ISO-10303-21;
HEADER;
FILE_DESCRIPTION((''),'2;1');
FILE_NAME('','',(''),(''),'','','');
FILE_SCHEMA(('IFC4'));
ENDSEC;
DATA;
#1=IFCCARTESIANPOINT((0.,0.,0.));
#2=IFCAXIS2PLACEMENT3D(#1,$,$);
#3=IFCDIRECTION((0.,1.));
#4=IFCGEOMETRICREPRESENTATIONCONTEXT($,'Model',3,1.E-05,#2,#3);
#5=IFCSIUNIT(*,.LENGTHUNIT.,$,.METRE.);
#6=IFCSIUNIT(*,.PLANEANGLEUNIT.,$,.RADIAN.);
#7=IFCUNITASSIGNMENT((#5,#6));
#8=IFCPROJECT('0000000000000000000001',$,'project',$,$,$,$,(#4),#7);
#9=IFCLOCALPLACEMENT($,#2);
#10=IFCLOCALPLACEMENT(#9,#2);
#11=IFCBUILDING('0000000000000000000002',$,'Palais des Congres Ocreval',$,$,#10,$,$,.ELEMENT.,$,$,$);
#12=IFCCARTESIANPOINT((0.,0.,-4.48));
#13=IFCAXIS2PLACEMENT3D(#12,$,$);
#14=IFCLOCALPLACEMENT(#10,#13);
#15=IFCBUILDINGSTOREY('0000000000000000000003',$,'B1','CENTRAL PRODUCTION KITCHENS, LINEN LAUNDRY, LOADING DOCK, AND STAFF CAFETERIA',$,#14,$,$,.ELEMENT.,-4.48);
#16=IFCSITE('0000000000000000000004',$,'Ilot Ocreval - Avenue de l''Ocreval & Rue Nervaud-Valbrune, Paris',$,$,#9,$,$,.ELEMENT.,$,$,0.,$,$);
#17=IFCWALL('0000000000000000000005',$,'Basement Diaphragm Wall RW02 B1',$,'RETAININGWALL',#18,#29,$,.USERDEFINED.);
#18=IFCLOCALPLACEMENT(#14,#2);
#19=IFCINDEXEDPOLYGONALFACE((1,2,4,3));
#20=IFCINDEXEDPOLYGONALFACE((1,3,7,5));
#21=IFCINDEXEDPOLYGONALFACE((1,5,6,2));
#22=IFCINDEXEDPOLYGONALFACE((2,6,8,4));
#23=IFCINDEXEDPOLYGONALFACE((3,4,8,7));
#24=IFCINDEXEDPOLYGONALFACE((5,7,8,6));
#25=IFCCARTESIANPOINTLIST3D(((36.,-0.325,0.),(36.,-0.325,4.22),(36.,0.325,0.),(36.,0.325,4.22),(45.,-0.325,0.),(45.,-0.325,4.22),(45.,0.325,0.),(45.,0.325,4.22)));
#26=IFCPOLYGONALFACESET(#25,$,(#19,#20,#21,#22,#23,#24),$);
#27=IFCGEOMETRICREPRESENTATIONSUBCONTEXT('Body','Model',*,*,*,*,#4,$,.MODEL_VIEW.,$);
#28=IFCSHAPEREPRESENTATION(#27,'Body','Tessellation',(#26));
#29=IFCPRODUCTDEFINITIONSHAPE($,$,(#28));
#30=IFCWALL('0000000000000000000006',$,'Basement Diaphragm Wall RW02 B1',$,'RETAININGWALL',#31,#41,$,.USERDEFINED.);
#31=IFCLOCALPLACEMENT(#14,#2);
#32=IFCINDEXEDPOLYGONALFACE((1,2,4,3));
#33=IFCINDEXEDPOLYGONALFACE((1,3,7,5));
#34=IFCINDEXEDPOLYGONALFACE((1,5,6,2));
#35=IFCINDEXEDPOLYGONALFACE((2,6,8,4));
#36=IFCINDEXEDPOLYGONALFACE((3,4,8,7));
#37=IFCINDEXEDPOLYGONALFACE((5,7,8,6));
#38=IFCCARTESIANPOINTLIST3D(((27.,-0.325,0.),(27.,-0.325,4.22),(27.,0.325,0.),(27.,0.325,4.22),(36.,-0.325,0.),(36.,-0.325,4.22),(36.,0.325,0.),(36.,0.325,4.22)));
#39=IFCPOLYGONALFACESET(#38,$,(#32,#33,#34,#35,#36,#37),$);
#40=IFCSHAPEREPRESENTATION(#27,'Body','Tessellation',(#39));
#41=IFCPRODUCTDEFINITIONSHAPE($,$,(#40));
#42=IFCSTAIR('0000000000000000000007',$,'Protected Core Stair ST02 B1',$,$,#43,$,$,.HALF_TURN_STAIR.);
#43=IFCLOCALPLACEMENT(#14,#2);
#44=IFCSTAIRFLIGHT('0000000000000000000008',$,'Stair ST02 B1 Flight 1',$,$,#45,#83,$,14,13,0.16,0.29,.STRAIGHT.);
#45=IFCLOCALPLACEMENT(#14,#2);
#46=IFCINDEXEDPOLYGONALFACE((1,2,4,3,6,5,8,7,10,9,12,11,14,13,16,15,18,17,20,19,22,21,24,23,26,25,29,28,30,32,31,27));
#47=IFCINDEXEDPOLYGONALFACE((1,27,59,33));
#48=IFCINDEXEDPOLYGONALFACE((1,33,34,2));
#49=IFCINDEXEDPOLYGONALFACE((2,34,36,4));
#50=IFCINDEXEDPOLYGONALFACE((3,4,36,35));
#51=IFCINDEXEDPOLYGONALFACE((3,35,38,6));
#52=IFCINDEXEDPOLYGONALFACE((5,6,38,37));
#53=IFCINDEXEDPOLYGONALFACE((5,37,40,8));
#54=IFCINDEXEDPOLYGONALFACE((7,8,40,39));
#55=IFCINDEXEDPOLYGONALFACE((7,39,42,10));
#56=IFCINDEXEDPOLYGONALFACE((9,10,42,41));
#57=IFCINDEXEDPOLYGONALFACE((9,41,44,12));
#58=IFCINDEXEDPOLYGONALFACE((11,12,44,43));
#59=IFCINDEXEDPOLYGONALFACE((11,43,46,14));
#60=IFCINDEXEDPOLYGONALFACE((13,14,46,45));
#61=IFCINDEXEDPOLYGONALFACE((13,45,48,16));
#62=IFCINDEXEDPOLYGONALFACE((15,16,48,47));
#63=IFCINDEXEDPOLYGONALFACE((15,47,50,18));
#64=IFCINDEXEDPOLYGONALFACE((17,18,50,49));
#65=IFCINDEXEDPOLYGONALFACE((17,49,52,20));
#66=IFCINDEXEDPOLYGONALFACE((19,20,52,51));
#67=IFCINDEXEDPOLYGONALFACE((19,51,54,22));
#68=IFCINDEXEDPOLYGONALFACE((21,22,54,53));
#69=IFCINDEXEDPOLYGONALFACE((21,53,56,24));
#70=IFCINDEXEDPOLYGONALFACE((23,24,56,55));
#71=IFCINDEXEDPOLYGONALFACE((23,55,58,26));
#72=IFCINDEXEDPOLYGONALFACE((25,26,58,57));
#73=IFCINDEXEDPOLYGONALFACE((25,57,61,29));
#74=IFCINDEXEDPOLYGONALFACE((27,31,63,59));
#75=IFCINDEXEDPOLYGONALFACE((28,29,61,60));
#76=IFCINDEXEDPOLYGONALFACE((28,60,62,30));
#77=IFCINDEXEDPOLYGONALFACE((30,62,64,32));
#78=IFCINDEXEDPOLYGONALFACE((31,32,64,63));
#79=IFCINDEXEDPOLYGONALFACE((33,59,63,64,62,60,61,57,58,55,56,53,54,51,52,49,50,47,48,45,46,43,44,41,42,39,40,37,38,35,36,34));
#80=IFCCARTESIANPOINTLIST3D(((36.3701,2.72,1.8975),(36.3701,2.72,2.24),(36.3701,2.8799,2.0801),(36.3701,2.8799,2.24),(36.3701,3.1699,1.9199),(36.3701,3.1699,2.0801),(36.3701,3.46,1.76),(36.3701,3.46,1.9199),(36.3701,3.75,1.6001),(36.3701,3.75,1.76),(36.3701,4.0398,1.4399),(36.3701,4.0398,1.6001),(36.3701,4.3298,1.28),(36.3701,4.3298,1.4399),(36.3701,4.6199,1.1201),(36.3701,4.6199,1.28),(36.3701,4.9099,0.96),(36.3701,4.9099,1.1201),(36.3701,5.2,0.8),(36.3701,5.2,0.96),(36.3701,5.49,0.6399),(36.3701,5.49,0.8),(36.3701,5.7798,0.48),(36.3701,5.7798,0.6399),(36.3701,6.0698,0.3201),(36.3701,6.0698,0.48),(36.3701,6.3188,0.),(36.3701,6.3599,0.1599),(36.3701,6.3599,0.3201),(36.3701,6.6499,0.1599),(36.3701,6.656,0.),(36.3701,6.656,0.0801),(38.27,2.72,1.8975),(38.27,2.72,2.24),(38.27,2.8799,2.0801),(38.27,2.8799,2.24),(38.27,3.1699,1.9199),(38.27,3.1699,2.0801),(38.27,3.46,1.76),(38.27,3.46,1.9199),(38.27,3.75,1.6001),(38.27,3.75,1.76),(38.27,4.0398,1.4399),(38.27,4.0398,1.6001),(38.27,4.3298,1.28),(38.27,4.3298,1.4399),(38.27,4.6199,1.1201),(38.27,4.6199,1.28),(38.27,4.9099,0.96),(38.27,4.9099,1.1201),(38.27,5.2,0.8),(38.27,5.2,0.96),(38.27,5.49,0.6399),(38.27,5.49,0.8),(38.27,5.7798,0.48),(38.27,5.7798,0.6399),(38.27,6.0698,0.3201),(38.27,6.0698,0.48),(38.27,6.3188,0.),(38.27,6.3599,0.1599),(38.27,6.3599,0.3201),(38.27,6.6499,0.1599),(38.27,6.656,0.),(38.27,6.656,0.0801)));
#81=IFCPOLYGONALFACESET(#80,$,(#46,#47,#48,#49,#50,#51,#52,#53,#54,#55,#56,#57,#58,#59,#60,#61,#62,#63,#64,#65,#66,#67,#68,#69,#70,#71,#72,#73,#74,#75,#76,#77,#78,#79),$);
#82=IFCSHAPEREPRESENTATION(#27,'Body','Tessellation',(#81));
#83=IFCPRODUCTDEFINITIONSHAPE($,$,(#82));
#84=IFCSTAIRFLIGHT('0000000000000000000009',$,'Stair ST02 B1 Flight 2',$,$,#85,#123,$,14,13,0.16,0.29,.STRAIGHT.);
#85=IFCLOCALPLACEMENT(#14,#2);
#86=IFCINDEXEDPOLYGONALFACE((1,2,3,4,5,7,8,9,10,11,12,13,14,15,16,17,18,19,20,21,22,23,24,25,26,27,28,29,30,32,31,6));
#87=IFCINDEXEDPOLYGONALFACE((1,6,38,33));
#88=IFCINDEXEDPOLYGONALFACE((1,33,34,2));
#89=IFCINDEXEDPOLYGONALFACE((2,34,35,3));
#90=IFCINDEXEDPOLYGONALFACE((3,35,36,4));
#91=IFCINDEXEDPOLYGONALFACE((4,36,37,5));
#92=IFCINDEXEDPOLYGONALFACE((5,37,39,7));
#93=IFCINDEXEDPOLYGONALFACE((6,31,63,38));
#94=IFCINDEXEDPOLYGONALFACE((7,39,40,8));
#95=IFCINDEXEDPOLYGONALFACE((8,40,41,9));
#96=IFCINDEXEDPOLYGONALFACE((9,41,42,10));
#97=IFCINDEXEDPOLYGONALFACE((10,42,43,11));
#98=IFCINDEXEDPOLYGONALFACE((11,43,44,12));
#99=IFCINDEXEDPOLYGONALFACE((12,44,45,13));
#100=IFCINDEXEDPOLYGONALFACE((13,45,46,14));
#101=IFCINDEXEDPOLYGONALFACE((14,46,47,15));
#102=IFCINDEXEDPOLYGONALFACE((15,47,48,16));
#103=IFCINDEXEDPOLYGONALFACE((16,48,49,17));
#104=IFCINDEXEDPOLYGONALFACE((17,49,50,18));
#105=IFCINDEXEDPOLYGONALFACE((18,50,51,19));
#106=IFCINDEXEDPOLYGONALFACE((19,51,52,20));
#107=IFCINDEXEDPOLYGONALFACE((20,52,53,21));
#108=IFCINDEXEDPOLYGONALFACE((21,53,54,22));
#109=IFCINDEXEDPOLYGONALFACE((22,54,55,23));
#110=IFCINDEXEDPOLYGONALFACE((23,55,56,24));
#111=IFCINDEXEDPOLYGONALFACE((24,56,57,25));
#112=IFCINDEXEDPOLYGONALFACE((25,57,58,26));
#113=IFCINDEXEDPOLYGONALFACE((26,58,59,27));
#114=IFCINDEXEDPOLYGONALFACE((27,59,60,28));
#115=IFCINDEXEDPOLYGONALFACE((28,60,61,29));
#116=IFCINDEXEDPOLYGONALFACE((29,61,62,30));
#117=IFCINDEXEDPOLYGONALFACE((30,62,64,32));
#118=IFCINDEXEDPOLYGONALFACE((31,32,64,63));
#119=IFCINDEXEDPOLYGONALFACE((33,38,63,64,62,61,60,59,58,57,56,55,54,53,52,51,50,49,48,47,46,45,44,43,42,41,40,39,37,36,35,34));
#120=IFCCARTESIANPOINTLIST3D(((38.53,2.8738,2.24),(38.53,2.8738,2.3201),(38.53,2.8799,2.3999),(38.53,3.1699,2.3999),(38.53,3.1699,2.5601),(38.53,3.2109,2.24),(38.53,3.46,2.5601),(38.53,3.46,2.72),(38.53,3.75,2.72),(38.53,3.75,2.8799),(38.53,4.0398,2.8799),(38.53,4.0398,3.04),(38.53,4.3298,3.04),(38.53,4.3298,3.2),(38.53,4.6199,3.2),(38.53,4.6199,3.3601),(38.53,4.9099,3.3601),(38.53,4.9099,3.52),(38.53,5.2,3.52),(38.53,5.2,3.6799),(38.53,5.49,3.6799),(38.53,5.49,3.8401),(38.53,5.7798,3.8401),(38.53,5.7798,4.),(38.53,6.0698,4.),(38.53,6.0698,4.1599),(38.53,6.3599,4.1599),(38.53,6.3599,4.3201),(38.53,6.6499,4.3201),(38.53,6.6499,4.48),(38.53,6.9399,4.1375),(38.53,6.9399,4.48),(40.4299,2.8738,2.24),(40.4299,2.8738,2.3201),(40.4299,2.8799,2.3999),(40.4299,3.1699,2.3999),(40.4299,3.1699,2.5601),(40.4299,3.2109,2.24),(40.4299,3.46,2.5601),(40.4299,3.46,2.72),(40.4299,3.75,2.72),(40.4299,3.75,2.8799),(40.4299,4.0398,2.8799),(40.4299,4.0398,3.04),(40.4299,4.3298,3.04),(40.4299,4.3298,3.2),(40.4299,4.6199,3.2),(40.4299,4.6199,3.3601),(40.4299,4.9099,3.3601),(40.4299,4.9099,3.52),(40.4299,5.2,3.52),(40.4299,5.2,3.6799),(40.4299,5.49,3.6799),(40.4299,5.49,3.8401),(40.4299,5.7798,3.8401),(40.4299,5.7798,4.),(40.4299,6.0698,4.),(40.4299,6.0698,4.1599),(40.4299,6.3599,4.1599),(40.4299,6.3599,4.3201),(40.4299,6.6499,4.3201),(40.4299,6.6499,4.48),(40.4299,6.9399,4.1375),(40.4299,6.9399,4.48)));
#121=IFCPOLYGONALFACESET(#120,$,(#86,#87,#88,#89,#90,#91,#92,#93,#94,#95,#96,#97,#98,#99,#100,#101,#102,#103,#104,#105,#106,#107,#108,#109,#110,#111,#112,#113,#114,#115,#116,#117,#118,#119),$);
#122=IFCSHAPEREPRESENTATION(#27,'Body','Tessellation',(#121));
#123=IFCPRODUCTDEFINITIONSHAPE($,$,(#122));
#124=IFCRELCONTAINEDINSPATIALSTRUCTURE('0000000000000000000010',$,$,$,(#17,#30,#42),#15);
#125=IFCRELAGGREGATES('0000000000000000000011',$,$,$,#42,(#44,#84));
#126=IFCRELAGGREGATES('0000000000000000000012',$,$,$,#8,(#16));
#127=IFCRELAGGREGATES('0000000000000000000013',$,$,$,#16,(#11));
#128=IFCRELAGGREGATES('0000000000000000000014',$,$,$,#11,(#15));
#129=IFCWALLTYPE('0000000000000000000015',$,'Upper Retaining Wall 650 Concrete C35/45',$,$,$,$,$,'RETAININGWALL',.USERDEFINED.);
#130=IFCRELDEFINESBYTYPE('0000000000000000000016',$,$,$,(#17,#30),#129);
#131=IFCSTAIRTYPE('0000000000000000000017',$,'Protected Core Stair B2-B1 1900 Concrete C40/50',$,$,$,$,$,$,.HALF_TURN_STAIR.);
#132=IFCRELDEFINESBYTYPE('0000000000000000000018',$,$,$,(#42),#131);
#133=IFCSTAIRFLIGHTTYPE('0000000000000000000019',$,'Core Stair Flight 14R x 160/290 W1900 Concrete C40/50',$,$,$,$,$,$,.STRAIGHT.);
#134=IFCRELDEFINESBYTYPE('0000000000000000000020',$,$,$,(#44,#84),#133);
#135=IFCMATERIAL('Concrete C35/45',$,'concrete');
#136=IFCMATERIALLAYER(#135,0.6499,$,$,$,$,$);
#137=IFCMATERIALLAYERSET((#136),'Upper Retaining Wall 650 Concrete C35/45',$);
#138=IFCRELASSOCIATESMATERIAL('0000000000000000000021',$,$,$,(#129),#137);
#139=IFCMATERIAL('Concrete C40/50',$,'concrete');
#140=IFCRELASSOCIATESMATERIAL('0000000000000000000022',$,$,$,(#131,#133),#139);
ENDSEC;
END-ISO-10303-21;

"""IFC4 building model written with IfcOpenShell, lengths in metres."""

from ifc_helpers import new_model, si_unit, direction, frame, frame_2d, origin, place, context, subcontext, project, spatial, polyline, rectangle, outline, extrude, material, layer, layer_set, type_object, element, aggregate, save


model = new_model("IFC4")

# Units and contexts
model_context = context("Model", 3, precision=1e-05, world=origin(), true_north=direction((0.0, 1.0)))
body_context = subcontext(model_context, "Body", "Model", "MODEL_VIEW")
ifc_project = project(units=[si_unit("LENGTHUNIT", "METRE"), si_unit("PLANEANGLEUNIT", "RADIAN")], contexts=[model_context])

# Site, building, storey
site_placement = place(None, origin())
site = spatial("IfcSite", under=ifc_project, at=site_placement, Name="Ilot Ocreval - Avenue de l'Ocreval & Rue Nervaud-Valbrune, Paris", CompositionType="ELEMENT", RefElevation=0.0)
building_placement = place(site_placement, origin())
building = spatial("IfcBuilding", under=site, at=building_placement, Name="Palais des Congres Ocreval", CompositionType="ELEMENT")
storey_placement = place(building_placement, frame((0.0, 0.0, -4.48)))
storey = spatial("IfcBuildingStorey", under=building, at=storey_placement, Name="B1", Description="CENTRAL PRODUCTION KITCHENS, LINEN LAUNDRY, LOADING DOCK, AND STAFF CAFETERIA", CompositionType="ELEMENT", Elevation=-4.48)

# Shared definitions
ifc_material_1 = material(Name="Concrete C40/50", Category="concrete")

# Shared definitions
ifc_material_2 = material(Name="Concrete C35/45", Category="concrete")

# Walls
ifc_layer_1 = layer(ifc_material_2, 0.6499)
ifc_layer_set_1 = layer_set([ifc_layer_1], Name="Upper Retaining Wall 650 Concrete C35/45")
wall_type_1 = type_object("IfcWallType", Name="Upper Retaining Wall 650 Concrete C35/45", ElementType="RETAININGWALL", PredefinedType="USERDEFINED", material=ifc_layer_set_1)
for number, where, z_axis, x_axis, name in (
    (1, (45.0, 0.0, 0.0), (0.0, 0.0, 1.0), (-1.0, 0.0, 0.0), "Basement Diaphragm Wall RW02 B1"),
    (2, (36.0, 0.0, 0.0), (0.0, 0.0, 1.0), (-1.0, 0.0, 0.0), "Basement Diaphragm Wall RW02 B1"),
):
    element("IfcWall", number, at=place(storey_placement, frame(where, z_axis=z_axis, x_axis=x_axis)), inside=storey, type_object=wall_type_1, Name=name, ObjectType="RETAININGWALL", PredefinedType="USERDEFINED", context=body_context, shape_type="SweptSolid", body=[
        extrude(rectangle(XDim=9.0, YDim=0.6499, at=frame_2d((4.5, 0.0))), origin(), (0.0, 0.0, 1.0), 4.22),
    ])

# Stair, stair flights
stair_type = type_object("IfcStairType", Name="Protected Core Stair B2-B1 1900 Concrete C40/50", PredefinedType="HALF_TURN_STAIR", material=ifc_material_1)
stair_placement = place(storey_placement, origin())
stair = element("IfcStair", 3, at=stair_placement, inside=storey, type_object=stair_type, Name="Protected Core Stair ST02 B1", PredefinedType="HALF_TURN_STAIR")
stair_flight_type = type_object("IfcStairFlightType", Name="Core Stair Flight 14R x 160/290 W1900 Concrete C40/50", PredefinedType="STRAIGHT", material=ifc_material_1)
stair_flight_1_placement = place(storey_placement, frame((37.3201, 6.6499, 0.0), z_axis=(0.0, 0.0, 1.0), x_axis=(0.0, -1.0, 0.0)))
stair_flight_1 = element("IfcStairFlight", 4, at=stair_flight_1_placement, type_object=stair_flight_type, Name="Stair ST02 B1 Flight 1", NumberOfRisers=14, NumberOfTreads=13, PredefinedType="STRAIGHT", RiserHeight=0.16, TreadLength=0.29, context=body_context, shape_type="SweptSolid", body=[
    extrude(outline(polyline([(-0.0061, 0.0), (-0.0061, 0.0801), (0.0, 0.1599), (0.29, 0.1599), (0.29, 0.3201), (0.5801, 0.3201), (0.5801, 0.48), (0.8701, 0.48), (0.8701, 0.6399), (1.1599, 0.6399), (1.1599, 0.8), (1.45, 0.8), (1.45, 0.96), (1.74, 0.96), (1.74, 1.1201), (2.03, 1.1201), (2.03, 1.28), (2.3201, 1.28), (2.3201, 1.4399), (2.6101, 1.4399), (2.6101, 1.6001), (2.8999, 1.6001), (2.8999, 1.76), (3.1899, 1.76), (3.1899, 1.9199), (3.48, 1.9199), (3.48, 2.0801), (3.77, 2.0801), (3.77, 2.24), (3.9299, 2.24), (3.9299, 1.8975), (0.3311, 0.0), (-0.0061, 0.0)])), frame((0.0, 0.95, 0.0), z_axis=(0.0, -1.0, 0.0), x_axis=(1.0, 0.0, 0.0)), (0.0, 0.0, 1.0), 1.8999),
])
stair_flight_2_placement = place(storey_placement, frame((39.48, 2.8799, 2.24), z_axis=(0.0, 0.0, 1.0), x_axis=(0.0, 1.0, 0.0)))
stair_flight_2 = element("IfcStairFlight", 5, at=stair_flight_2_placement, type_object=stair_flight_type, Name="Stair ST02 B1 Flight 2", NumberOfRisers=14, NumberOfTreads=13, PredefinedType="STRAIGHT", RiserHeight=0.16, TreadLength=0.29, context=body_context, shape_type="SweptSolid", body=[
    extrude(outline(polyline([(-0.0061, 0.0), (-0.0061, 0.0801), (0.0, 0.1599), (0.29, 0.1599), (0.29, 0.3201), (0.5801, 0.3201), (0.5801, 0.48), (0.8701, 0.48), (0.8701, 0.6399), (1.1599, 0.6399), (1.1599, 0.8), (1.45, 0.8), (1.45, 0.96), (1.74, 0.96), (1.74, 1.1201), (2.03, 1.1201), (2.03, 1.28), (2.3201, 1.28), (2.3201, 1.4399), (2.6101, 1.4399), (2.6101, 1.6001), (2.8999, 1.6001), (2.8999, 1.76), (3.1899, 1.76), (3.1899, 1.9199), (3.48, 1.9199), (3.48, 2.0801), (3.77, 2.0801), (3.77, 2.24), (4.0601, 2.24), (4.0601, 1.8975), (0.3311, 0.0), (-0.0061, 0.0)])), frame((0.0, 0.95, 0.0), z_axis=(0.0, -1.0, 0.0), x_axis=(1.0, 0.0, 0.0)), (0.0, 0.0, 1.0), 1.8999),
])
aggregate(stair, [stair_flight_1, stair_flight_2])

save(model, "model.ifc")
